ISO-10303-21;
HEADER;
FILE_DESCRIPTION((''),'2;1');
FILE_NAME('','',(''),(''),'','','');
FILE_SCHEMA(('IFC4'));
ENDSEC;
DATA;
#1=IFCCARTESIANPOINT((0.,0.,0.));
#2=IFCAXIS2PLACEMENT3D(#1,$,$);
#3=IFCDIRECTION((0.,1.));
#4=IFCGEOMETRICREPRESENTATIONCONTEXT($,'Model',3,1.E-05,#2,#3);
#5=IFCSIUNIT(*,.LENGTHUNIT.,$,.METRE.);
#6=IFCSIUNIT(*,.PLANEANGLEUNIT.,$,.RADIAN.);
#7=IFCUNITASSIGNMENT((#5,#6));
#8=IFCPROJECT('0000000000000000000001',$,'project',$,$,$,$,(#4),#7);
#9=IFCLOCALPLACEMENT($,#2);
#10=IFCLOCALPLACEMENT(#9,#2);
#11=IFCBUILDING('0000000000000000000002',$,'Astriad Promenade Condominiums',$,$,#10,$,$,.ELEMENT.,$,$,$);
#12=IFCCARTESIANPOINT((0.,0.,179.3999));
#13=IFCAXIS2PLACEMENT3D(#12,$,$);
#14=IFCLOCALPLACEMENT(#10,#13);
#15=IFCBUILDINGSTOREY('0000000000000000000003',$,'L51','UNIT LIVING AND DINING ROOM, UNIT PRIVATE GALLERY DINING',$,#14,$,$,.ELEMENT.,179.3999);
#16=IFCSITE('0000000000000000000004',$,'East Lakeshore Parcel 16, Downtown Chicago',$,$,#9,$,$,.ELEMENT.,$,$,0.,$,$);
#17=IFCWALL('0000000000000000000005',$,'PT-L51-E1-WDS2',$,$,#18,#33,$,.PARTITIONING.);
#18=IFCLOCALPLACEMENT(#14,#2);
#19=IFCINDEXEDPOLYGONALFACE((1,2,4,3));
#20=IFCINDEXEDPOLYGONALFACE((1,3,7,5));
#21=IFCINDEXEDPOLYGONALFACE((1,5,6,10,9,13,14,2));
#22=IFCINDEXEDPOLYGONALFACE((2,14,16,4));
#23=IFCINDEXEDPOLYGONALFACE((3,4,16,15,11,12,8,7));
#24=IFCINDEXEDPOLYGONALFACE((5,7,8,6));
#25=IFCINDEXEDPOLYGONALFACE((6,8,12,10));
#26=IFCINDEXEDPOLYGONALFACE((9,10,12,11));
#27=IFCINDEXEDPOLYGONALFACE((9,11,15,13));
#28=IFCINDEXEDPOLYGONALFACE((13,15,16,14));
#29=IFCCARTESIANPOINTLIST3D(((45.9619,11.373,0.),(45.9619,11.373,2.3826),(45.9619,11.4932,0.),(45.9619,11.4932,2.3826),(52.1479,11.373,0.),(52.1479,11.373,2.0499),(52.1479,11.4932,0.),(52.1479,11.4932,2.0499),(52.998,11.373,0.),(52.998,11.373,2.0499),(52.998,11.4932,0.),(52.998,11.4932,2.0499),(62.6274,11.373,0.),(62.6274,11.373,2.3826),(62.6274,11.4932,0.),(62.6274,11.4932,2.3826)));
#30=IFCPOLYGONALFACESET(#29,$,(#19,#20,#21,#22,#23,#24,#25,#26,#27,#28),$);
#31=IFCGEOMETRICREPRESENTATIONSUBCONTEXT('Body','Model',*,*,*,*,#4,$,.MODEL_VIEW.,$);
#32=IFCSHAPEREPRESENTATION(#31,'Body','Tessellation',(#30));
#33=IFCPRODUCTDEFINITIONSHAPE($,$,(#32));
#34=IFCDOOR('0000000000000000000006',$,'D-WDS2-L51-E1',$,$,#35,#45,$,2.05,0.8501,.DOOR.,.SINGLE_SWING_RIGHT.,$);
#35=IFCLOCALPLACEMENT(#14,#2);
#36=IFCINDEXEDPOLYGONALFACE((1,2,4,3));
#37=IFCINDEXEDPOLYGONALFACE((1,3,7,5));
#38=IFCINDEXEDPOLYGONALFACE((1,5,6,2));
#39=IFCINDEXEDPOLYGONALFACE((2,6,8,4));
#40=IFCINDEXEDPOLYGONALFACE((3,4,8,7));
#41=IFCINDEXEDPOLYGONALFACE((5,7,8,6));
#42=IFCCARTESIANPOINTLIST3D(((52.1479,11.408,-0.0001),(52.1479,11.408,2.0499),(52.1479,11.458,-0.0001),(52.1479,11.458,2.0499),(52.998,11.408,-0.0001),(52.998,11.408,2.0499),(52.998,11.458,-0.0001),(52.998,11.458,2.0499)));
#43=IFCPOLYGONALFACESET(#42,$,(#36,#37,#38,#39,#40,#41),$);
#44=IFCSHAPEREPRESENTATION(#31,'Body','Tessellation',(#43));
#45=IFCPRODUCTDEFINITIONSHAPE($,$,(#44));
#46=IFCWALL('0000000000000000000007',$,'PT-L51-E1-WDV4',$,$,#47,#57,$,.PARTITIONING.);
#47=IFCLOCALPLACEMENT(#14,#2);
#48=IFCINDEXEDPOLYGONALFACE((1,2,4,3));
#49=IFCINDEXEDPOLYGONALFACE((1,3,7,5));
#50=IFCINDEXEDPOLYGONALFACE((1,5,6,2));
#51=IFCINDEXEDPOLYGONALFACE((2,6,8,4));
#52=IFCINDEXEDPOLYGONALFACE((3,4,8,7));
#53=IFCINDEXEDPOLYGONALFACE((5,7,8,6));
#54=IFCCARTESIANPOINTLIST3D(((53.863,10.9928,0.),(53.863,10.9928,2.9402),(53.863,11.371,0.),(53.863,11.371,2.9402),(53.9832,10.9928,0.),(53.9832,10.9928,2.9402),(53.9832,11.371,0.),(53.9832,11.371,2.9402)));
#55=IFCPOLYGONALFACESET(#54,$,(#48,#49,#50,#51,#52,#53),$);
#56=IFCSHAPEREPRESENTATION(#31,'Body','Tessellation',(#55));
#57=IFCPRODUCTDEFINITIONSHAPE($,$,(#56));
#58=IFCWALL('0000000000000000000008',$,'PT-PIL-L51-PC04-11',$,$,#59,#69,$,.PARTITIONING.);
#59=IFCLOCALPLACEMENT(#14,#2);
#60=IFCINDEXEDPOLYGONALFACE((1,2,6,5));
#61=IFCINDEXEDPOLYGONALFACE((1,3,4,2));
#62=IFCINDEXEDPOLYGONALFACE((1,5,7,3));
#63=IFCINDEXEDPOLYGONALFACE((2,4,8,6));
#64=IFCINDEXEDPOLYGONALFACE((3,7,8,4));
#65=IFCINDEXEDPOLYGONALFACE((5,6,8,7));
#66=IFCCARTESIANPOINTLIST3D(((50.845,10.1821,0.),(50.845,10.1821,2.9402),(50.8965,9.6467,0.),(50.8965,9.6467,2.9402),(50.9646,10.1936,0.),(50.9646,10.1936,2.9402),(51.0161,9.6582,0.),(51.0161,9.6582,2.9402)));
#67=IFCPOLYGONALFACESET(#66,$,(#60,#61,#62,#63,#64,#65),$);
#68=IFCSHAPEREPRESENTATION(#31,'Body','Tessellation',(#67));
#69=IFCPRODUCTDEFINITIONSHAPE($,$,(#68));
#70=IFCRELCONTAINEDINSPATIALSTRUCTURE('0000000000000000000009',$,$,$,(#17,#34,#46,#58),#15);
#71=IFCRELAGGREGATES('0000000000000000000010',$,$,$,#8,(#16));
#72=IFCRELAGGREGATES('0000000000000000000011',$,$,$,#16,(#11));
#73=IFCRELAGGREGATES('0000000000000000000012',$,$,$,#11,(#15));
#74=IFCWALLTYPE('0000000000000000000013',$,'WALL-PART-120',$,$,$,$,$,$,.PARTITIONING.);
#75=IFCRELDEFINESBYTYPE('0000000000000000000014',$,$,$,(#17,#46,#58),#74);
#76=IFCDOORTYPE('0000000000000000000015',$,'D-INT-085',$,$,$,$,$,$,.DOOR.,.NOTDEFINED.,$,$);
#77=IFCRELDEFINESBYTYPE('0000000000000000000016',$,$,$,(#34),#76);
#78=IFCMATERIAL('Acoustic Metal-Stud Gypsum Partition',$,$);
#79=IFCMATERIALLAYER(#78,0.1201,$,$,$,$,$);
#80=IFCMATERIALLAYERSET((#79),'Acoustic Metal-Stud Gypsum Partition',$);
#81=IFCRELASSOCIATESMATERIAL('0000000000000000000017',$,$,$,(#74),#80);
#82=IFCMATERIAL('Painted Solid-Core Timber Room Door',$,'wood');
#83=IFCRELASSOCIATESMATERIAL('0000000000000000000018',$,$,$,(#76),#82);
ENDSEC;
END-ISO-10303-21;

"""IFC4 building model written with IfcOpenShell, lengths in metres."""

from ifc_helpers import new_model, si_unit, direction, frame, frame_2d, origin, place, context, subcontext, project, spatial, rectangle, extrude, source, transform, mapped, material, layer, layer_set, type_object, type_shapes, element, fill, save


model = new_model("IFC4")

# Units and contexts
model_context = context("Model", 3, precision=1e-05, world=origin(), true_north=direction((0.0, 1.0)))
body_context = subcontext(model_context, "Body", "Model", "MODEL_VIEW")
ifc_project = project(units=[si_unit("LENGTHUNIT", "METRE"), si_unit("PLANEANGLEUNIT", "RADIAN")], contexts=[model_context])

# Site, building, storey
site_placement = place(None, origin())
site = spatial("IfcSite", under=ifc_project, at=site_placement, Name="East Lakeshore Parcel 16, Downtown Chicago", CompositionType="ELEMENT", RefElevation=0.0)
building_placement = place(site_placement, origin())
building = spatial("IfcBuilding", under=site, at=building_placement, Name="Astriad Promenade Condominiums", CompositionType="ELEMENT")
storey_placement = place(building_placement, frame((0.0, 0.0, 179.3999)))
storey = spatial("IfcBuildingStorey", under=building, at=storey_placement, Name="L51", Description="UNIT LIVING AND DINING ROOM, UNIT PRIVATE GALLERY DINING", CompositionType="ELEMENT", Elevation=179.3999)

# Shared definitions
ifc_material_1 = material(Name="Acoustic Metal-Stud Gypsum Partition")
ifc_layer = layer(ifc_material_1, 0.1201)
ifc_layer_set = layer_set([ifc_layer], Name="Acoustic Metal-Stud Gypsum Partition")
wall_type = type_object("IfcWallType", Name="WALL-PART-120", PredefinedType="PARTITIONING", material=ifc_layer_set)
ifc_material_2 = material(Name="Painted Solid-Core Timber Room Door", Category="wood")
door_type_1 = type_object("IfcDoorType", Name="D-INT-085", OperationType="NOTDEFINED", PredefinedType="DOOR", material=ifc_material_2)
shared_shape_1 = source(origin(), body_context, "Body", "SweptSolid", [
    extrude(rectangle(XDim=0.8501, YDim=2.05, at=frame_2d((0.425, 1.0249))), frame((0.0, 0.0249, 0.0), z_axis=(0.0, -1.0, 0.0), x_axis=(1.0, 0.0, 0.0)), (0.0, 0.0, 1.0), 0.05),
])
type_shapes(door_type_1, [shared_shape_1])

# Wall, opening, door
wall_1_placement = place(storey_placement, frame((45.9619, 11.4331, 0.0), z_axis=(0.0, 0.0, 1.0), x_axis=(1.0, 0.0, 0.0)))
wall_1 = element("IfcWall", 1, at=wall_1_placement, inside=storey, type_object=wall_type, Name="PT-L51-E1-WDS2", PredefinedType="PARTITIONING", context=body_context, shape_type="SweptSolid", body=[
    extrude(rectangle(XDim=16.6655, YDim=0.1201, at=frame_2d((8.3328, 0.0))), origin(), (0.0, 0.0, 1.0), 2.3826),
])
opening_1_placement = place(wall_1_placement, frame((6.186, 0.0, 0.0)))
opening_1 = element("IfcOpeningElement", 2, at=opening_1_placement, cuts=wall_1, PredefinedType="OPENING", context=body_context, shape_type="SweptSolid", body=[
    extrude(rectangle(XDim=0.8501, YDim=2.05, at=frame_2d((0.425, 1.0249))), frame((0.0, 0.0701, 0.0), z_axis=(0.0, -1.0, 0.0), x_axis=(1.0, 0.0, 0.0)), (0.0, 0.0, 1.0), 0.1401),
])
door_1_placement = place(opening_1_placement, origin())
door_1 = element("IfcDoor", 3, at=door_1_placement, inside=storey, type_object=door_type_1, Name="D-WDS2-L51-E1", OperationType="SINGLE_SWING_RIGHT", OverallHeight=2.05, OverallWidth=0.8501, PredefinedType="DOOR", context=body_context, shape_type="MappedRepresentation", body=[
    mapped(shared_shape_1, transform((0.0, 0.0, 0.0), scale=1.0)),
])
fill(opening_1, door_1)

# Walls
wall_2_placement = place(storey_placement, frame((53.9231, 10.9929, 0.0), z_axis=(0.0, 0.0, 1.0), x_axis=(0.0, 1.0, 0.0)))
element("IfcWall", 4, at=wall_2_placement, inside=storey, type_object=wall_type, Name="PT-L51-E1-WDV4", PredefinedType="PARTITIONING", context=body_context, shape_type="SweptSolid", body=[
    extrude(rectangle(XDim=0.3782, YDim=0.1201, at=frame_2d((0.189, 0.0))), origin(), (0.0, 0.0, 1.0), 2.9402),
])
wall_3_placement = place(storey_placement, frame((50.9048, 10.188, 0.0), z_axis=(0.0, 0.0, 1.0), x_axis=(0.095773, -0.995403, 0.0)))
element("IfcWall", 5, at=wall_3_placement, inside=storey, type_object=wall_type, Name="PT-PIL-L51-PC04-11", PredefinedType="PARTITIONING", context=body_context, shape_type="SweptSolid", body=[
    extrude(rectangle(XDim=0.5378, YDim=0.1201, at=frame_2d((0.269, 0.0))), origin(), (0.0, 0.0, 1.0), 2.9402),
])

save(model, "model.ifc")
